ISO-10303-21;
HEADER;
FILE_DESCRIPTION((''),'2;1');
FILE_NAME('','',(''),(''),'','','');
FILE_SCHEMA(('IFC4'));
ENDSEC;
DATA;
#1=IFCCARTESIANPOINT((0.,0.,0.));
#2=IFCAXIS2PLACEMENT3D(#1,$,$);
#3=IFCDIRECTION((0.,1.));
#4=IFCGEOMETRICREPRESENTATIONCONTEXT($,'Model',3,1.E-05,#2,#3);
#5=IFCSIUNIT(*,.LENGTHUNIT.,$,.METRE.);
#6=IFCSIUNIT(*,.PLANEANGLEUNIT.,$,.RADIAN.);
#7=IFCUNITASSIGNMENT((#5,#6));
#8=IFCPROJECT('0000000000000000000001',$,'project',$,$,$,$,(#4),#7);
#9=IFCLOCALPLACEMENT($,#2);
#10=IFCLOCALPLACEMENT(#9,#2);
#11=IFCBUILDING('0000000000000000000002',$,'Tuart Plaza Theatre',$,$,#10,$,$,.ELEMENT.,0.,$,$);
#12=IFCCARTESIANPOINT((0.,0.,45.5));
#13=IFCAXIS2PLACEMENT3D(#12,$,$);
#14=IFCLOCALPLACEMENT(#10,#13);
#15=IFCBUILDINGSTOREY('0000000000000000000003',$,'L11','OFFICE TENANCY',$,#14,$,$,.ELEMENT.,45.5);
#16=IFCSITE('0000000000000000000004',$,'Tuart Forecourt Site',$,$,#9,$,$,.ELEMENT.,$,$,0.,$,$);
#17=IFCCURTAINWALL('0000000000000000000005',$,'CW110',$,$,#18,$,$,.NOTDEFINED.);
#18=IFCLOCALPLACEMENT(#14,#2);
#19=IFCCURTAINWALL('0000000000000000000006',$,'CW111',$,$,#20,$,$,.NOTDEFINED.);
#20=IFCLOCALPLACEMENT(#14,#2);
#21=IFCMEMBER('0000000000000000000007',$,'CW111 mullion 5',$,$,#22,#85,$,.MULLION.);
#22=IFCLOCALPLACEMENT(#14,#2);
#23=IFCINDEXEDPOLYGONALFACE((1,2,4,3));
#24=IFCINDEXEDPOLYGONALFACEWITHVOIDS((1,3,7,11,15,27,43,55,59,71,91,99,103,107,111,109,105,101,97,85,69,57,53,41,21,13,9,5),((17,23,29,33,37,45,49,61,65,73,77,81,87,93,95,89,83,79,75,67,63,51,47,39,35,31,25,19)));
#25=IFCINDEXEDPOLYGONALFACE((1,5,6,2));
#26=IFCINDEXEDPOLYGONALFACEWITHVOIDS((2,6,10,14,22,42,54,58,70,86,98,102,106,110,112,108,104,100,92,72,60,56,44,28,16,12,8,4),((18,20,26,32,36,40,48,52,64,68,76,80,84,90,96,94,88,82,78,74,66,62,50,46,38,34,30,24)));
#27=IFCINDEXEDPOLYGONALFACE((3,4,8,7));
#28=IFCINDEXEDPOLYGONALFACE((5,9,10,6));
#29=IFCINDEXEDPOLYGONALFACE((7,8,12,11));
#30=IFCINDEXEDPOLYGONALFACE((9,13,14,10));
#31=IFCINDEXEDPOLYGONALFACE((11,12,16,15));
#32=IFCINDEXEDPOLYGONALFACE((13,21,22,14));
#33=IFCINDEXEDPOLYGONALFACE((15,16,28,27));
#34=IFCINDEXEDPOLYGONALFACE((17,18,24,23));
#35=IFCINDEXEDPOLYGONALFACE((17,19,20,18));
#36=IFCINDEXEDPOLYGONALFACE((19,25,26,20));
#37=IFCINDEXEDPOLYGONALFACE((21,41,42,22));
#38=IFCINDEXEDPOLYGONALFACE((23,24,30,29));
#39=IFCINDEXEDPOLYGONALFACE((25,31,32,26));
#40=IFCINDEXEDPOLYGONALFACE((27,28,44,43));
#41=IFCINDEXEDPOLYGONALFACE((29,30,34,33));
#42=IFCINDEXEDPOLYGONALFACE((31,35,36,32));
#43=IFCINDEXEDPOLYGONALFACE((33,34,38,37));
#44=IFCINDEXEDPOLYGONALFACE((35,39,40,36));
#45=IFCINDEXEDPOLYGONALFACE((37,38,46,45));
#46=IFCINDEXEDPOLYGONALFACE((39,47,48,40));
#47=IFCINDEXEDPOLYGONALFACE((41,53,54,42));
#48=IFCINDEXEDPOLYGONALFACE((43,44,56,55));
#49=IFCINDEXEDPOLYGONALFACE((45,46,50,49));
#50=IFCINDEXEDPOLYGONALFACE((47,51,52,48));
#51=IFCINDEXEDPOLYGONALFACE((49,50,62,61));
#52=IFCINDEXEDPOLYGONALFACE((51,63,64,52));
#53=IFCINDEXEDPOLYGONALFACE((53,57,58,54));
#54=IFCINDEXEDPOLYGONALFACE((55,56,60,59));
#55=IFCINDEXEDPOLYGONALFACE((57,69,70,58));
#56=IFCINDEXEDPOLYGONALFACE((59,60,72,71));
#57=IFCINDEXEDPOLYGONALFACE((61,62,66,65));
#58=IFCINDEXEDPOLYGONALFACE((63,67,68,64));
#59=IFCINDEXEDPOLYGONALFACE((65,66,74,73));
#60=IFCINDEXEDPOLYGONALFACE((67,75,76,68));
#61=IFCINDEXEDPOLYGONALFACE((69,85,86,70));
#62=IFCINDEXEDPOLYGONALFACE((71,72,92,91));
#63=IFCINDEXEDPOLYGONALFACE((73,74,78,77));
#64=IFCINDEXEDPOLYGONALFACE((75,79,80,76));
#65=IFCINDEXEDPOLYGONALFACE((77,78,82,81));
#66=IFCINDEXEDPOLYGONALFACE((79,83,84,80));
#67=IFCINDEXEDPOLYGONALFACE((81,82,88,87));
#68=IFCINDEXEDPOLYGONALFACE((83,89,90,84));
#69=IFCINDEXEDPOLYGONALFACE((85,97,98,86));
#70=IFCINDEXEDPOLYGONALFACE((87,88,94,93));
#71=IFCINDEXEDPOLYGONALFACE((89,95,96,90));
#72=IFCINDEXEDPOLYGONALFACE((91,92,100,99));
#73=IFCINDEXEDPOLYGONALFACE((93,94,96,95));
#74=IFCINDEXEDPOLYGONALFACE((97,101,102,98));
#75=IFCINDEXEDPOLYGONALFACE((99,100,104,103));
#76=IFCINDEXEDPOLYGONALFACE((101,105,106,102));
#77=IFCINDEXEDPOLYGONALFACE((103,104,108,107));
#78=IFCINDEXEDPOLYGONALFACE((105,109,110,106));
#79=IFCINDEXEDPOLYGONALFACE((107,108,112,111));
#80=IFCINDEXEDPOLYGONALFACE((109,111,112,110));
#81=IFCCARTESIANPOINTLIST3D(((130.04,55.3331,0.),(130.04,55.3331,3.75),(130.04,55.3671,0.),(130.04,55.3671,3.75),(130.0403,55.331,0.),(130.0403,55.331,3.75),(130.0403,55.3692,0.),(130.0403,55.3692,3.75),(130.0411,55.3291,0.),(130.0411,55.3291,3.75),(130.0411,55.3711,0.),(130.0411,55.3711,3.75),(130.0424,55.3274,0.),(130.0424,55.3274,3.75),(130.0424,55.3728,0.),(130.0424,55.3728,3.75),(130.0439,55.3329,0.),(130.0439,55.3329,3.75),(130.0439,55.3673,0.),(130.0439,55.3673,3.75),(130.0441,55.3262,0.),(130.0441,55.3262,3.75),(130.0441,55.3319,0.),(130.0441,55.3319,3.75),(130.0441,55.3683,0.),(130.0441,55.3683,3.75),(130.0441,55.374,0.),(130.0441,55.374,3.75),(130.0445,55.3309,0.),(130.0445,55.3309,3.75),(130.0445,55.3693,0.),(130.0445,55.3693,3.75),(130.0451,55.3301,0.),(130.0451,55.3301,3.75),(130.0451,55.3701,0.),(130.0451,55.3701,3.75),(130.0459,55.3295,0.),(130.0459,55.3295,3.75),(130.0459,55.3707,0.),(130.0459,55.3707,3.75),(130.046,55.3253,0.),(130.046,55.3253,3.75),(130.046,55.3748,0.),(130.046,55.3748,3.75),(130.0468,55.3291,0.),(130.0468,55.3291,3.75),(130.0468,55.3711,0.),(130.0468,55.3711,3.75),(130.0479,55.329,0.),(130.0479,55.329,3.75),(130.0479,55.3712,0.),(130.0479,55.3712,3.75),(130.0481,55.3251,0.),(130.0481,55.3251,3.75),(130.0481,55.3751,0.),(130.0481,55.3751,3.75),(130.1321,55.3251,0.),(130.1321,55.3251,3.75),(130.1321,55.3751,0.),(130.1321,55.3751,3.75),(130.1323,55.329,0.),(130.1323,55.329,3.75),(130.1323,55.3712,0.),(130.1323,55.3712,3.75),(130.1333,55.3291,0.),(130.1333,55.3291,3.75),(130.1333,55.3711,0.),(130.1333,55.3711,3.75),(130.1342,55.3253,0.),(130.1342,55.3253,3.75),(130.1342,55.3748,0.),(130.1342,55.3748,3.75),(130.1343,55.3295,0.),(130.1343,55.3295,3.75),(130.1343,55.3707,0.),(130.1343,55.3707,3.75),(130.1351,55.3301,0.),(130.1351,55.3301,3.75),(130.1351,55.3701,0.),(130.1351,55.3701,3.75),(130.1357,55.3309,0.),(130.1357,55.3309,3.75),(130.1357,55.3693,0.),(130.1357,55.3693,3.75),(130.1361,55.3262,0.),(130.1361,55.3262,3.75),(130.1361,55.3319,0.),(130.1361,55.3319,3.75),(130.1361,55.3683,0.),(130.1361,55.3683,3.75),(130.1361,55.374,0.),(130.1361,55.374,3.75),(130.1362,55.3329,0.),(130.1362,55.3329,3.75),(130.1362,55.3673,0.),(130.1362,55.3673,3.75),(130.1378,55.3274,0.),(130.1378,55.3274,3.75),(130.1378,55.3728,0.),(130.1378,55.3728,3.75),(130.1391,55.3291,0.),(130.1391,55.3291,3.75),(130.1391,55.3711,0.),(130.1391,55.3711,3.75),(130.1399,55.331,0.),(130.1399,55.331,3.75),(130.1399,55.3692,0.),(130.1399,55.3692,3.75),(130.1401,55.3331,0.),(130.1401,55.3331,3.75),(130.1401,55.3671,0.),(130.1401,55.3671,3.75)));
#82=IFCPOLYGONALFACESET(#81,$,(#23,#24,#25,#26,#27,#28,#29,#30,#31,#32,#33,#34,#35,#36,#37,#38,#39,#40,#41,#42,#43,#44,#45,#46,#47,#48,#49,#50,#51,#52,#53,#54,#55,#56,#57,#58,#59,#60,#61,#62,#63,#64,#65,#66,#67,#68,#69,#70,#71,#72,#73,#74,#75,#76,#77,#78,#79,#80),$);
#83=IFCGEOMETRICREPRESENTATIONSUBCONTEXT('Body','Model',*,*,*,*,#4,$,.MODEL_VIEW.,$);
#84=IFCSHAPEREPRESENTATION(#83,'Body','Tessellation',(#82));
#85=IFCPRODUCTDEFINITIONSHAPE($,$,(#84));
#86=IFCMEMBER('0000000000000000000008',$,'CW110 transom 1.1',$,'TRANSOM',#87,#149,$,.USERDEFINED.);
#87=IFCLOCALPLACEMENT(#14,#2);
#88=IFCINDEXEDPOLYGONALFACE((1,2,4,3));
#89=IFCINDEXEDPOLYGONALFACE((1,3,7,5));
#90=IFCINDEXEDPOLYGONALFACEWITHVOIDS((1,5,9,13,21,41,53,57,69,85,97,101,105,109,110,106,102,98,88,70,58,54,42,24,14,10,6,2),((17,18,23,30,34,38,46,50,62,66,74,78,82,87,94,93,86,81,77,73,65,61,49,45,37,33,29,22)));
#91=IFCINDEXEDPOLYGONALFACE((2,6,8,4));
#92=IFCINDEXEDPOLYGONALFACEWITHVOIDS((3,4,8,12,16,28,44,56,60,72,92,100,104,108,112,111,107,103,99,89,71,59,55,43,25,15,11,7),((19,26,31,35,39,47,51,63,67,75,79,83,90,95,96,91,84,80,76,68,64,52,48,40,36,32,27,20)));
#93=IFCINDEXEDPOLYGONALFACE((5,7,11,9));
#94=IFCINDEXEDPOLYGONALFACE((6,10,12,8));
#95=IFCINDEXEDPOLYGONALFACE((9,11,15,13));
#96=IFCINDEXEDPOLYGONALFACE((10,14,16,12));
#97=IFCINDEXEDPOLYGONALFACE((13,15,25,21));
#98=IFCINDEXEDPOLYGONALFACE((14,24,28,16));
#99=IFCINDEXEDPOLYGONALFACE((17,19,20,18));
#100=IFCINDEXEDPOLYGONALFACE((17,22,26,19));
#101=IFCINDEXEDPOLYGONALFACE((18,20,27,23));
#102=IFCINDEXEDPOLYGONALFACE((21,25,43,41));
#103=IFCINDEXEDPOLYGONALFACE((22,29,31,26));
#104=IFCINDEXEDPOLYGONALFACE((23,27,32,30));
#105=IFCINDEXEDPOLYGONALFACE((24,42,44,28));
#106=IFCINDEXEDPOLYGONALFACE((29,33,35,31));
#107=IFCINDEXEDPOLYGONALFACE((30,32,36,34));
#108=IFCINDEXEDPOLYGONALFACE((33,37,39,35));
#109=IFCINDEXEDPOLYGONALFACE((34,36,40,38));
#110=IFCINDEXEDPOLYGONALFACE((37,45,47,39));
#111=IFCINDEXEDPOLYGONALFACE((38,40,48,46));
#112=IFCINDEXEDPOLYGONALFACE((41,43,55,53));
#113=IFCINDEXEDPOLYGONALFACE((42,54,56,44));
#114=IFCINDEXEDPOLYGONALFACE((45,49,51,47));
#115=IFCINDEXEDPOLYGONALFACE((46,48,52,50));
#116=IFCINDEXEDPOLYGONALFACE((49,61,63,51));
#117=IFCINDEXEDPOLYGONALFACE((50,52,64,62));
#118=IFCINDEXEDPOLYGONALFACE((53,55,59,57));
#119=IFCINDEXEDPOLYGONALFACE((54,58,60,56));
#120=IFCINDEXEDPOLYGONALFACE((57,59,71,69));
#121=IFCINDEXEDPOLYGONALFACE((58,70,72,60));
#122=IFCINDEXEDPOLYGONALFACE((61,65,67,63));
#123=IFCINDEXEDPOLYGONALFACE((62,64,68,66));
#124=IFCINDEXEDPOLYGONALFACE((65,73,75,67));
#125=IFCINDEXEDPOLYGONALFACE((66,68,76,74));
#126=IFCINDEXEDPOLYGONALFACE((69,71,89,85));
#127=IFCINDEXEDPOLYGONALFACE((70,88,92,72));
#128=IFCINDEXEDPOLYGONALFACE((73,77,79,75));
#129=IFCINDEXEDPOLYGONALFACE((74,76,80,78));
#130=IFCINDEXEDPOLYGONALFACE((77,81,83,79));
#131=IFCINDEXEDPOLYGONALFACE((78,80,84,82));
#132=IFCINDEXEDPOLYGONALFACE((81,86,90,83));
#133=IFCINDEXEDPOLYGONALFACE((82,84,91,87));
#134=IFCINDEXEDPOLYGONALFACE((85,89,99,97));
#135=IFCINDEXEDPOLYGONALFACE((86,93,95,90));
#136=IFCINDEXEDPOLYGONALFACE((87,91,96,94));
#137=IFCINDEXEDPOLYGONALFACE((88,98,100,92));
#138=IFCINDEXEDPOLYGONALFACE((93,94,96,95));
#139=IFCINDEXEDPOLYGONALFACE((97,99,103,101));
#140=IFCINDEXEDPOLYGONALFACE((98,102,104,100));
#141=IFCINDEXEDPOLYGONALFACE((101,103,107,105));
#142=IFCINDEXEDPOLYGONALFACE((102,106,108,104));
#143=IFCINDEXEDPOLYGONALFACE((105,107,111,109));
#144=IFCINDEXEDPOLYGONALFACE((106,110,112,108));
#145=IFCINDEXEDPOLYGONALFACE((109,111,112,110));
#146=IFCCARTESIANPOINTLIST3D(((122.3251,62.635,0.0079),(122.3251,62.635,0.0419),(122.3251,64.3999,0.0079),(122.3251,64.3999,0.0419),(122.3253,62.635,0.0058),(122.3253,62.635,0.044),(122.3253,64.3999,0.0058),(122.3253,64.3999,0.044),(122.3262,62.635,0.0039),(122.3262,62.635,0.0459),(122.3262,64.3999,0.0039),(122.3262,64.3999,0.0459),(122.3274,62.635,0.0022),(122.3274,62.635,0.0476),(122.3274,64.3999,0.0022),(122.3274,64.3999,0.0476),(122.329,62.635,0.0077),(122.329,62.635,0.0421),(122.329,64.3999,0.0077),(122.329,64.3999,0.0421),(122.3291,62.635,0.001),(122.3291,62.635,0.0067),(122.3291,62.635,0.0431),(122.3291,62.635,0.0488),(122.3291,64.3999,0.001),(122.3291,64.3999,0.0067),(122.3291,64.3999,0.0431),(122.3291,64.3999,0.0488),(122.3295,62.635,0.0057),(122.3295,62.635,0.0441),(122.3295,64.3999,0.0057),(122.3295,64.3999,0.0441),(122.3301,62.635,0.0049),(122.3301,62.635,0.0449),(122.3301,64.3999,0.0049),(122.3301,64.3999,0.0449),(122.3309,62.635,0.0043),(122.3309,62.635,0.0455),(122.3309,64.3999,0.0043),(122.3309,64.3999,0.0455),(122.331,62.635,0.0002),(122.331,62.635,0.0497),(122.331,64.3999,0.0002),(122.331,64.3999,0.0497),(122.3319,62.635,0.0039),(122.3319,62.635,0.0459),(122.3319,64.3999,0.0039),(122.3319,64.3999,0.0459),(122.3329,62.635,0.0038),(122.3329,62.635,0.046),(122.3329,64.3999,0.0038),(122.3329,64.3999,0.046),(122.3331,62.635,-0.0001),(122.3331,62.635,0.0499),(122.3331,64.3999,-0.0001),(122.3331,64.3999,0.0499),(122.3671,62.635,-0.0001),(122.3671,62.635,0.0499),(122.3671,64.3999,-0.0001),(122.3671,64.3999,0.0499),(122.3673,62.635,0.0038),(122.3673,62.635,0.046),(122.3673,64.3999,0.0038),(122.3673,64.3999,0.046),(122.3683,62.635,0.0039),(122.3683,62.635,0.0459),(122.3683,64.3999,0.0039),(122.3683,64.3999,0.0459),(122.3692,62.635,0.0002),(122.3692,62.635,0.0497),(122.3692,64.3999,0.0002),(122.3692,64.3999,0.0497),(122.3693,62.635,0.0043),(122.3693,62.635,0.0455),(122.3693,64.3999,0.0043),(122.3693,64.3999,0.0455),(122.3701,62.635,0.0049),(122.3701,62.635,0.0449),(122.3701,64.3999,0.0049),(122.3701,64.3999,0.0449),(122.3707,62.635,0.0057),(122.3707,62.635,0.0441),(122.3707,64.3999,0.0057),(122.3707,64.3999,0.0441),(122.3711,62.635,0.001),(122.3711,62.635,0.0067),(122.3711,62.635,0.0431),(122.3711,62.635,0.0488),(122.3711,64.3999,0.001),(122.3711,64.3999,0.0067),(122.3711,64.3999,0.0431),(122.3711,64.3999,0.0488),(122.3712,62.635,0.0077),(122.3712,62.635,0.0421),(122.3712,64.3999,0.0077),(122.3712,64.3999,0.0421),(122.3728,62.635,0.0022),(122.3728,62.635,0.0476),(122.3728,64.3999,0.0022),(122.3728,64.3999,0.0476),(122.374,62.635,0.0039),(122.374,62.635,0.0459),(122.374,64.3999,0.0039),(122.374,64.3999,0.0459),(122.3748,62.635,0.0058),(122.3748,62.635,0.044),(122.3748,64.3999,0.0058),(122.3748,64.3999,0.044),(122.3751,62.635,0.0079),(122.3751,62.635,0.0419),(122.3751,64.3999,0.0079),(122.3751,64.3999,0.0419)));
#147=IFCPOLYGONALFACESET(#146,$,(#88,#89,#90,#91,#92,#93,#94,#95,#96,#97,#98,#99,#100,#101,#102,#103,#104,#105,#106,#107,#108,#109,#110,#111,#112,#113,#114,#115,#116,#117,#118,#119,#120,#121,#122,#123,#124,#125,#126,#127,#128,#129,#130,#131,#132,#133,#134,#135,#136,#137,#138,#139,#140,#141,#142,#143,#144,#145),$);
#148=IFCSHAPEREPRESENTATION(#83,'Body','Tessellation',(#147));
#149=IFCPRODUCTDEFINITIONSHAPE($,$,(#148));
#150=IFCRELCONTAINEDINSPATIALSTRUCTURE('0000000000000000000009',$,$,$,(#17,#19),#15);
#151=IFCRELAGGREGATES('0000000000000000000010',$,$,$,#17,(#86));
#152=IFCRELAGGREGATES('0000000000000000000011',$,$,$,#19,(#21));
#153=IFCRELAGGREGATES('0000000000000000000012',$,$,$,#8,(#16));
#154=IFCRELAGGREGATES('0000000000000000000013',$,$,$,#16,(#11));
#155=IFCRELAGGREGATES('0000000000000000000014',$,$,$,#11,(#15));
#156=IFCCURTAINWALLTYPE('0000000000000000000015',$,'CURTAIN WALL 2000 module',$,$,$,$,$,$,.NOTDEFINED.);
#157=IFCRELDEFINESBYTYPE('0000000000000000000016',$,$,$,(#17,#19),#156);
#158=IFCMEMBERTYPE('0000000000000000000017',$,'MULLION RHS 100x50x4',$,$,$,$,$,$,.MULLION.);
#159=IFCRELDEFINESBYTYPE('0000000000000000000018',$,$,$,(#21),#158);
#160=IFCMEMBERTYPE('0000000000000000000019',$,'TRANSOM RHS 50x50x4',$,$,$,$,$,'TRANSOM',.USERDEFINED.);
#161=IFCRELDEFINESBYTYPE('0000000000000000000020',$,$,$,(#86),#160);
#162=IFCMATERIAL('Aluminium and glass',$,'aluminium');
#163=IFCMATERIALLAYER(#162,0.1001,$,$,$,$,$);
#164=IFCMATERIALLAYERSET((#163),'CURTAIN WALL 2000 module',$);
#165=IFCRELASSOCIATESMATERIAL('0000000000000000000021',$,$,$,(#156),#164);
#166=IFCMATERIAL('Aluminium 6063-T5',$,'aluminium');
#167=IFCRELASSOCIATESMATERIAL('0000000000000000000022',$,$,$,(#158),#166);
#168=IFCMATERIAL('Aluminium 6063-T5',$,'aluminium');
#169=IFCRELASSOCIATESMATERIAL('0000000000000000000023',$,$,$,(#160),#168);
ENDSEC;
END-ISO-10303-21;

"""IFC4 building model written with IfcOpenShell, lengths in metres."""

from ifc_helpers import new_model, si_unit, direction, frame, origin, origin_2d, place, context, subcontext, project, spatial, hollow_rectangle, extrude, material, layer, layer_set, material_profile, profile_set, type_object, element, aggregate, save


model = new_model("IFC4")

# Units and contexts
model_context = context("Model", 3, precision=1e-05, world=origin(), true_north=direction((0.0, 1.0)))
body_context = subcontext(model_context, "Body", "Model", "MODEL_VIEW")
ifc_project = project(units=[si_unit("LENGTHUNIT", "METRE"), si_unit("PLANEANGLEUNIT", "RADIAN")], contexts=[model_context])

# Site, building, storey
site_placement = place(None, origin())
site = spatial("IfcSite", under=ifc_project, at=site_placement, Name="Tuart Forecourt Site", CompositionType="ELEMENT", RefElevation=0.0)
building_placement = place(site_placement, origin())
building = spatial("IfcBuilding", under=site, at=building_placement, Name="Tuart Plaza Theatre", CompositionType="ELEMENT", ElevationOfRefHeight=0.0)
storey_placement = place(building_placement, frame((0.0, 0.0, 45.5)))
storey = spatial("IfcBuildingStorey", under=building, at=storey_placement, Name="L11", Description="OFFICE TENANCY", CompositionType="ELEMENT", Elevation=45.5)

# Curtain walls, member
ifc_material_1 = material(Name="Aluminium and glass", Category="aluminium")
ifc_layer_1 = layer(ifc_material_1, 0.1001)
ifc_layer_set_1 = layer_set([ifc_layer_1], Name="CURTAIN WALL 2000 module")
curtain_wall_type = type_object("IfcCurtainWallType", Name="CURTAIN WALL 2000 module", PredefinedType="NOTDEFINED", material=ifc_layer_set_1)
curtain_wall_1_placement = place(storey_placement, origin())
curtain_wall_1 = element("IfcCurtainWall", 1, at=curtain_wall_1_placement, inside=storey, type_object=curtain_wall_type, Name="CW110", PredefinedType="NOTDEFINED")
ifc_material_2 = material(Name="Aluminium 6063-T5", Category="aluminium")
ifc_material_profile_1 = material_profile(ifc_material_2, hollow_rectangle(XDim=0.05, YDim=0.1001, WallThickness=0.0039, InnerFilletRadius=0.0039, OuterFilletRadius=0.0081, at=origin_2d()), Name="RHS 100x50x4")
ifc_profile_set_1 = profile_set([ifc_material_profile_1], Name="Aluminium 6063-T5")
member_type_1 = type_object("IfcMemberType", Name="MULLION RHS 100x50x4", PredefinedType="MULLION", material=ifc_profile_set_1)
curtain_wall_2_placement = place(storey_placement, origin())
curtain_wall_2 = element("IfcCurtainWall", 2, at=curtain_wall_2_placement, inside=storey, type_object=curtain_wall_type, Name="CW111", PredefinedType="NOTDEFINED")
member_1_placement = place(storey_placement, frame((130.0901, 55.3501, 0.0), z_axis=(0.0, 0.0, 1.0), x_axis=(0.0, 1.0, 0.0)))
member_1 = element("IfcMember", 3, at=member_1_placement, type_object=member_type_1, Name="CW111 mullion 5", PredefinedType="MULLION", context=body_context, shape_type="SweptSolid", body=[
    extrude(hollow_rectangle(XDim=0.05, YDim=0.1001, WallThickness=0.0039, InnerFilletRadius=0.0039, OuterFilletRadius=0.0081, at=origin_2d()), origin(), (0.0, 0.0, 1.0), 3.75),
])

# Member
ifc_material_3 = material(Name="Aluminium 6063-T5", Category="aluminium")
ifc_material_profile_2 = material_profile(ifc_material_3, hollow_rectangle(XDim=0.05, YDim=0.05, WallThickness=0.0039, InnerFilletRadius=0.0039, OuterFilletRadius=0.0081, at=origin_2d()), Name="RHS 50x50x4")
ifc_profile_set_2 = profile_set([ifc_material_profile_2], Name="Aluminium 6063-T5")
member_type_2 = type_object("IfcMemberType", Name="TRANSOM RHS 50x50x4", ElementType="TRANSOM", PredefinedType="USERDEFINED", material=ifc_profile_set_2)
member_2_placement = place(storey_placement, frame((122.3501, 64.3999, 0.0249), z_axis=(0.0, -1.0, 0.0), x_axis=(1.0, 0.0, 0.0)))
member_2 = element("IfcMember", 4, at=member_2_placement, type_object=member_type_2, Name="CW110 transom 1.1", ObjectType="TRANSOM", PredefinedType="USERDEFINED", context=body_context, shape_type="SweptSolid", body=[
    extrude(hollow_rectangle(XDim=0.05, YDim=0.05, WallThickness=0.0039, InnerFilletRadius=0.0039, OuterFilletRadius=0.0081, at=origin_2d()), origin(), (0.0, 0.0, 1.0), 1.7649),
])

aggregate(curtain_wall_1, [member_2])
aggregate(curtain_wall_2, [member_1])

save(model, "model.ifc")
